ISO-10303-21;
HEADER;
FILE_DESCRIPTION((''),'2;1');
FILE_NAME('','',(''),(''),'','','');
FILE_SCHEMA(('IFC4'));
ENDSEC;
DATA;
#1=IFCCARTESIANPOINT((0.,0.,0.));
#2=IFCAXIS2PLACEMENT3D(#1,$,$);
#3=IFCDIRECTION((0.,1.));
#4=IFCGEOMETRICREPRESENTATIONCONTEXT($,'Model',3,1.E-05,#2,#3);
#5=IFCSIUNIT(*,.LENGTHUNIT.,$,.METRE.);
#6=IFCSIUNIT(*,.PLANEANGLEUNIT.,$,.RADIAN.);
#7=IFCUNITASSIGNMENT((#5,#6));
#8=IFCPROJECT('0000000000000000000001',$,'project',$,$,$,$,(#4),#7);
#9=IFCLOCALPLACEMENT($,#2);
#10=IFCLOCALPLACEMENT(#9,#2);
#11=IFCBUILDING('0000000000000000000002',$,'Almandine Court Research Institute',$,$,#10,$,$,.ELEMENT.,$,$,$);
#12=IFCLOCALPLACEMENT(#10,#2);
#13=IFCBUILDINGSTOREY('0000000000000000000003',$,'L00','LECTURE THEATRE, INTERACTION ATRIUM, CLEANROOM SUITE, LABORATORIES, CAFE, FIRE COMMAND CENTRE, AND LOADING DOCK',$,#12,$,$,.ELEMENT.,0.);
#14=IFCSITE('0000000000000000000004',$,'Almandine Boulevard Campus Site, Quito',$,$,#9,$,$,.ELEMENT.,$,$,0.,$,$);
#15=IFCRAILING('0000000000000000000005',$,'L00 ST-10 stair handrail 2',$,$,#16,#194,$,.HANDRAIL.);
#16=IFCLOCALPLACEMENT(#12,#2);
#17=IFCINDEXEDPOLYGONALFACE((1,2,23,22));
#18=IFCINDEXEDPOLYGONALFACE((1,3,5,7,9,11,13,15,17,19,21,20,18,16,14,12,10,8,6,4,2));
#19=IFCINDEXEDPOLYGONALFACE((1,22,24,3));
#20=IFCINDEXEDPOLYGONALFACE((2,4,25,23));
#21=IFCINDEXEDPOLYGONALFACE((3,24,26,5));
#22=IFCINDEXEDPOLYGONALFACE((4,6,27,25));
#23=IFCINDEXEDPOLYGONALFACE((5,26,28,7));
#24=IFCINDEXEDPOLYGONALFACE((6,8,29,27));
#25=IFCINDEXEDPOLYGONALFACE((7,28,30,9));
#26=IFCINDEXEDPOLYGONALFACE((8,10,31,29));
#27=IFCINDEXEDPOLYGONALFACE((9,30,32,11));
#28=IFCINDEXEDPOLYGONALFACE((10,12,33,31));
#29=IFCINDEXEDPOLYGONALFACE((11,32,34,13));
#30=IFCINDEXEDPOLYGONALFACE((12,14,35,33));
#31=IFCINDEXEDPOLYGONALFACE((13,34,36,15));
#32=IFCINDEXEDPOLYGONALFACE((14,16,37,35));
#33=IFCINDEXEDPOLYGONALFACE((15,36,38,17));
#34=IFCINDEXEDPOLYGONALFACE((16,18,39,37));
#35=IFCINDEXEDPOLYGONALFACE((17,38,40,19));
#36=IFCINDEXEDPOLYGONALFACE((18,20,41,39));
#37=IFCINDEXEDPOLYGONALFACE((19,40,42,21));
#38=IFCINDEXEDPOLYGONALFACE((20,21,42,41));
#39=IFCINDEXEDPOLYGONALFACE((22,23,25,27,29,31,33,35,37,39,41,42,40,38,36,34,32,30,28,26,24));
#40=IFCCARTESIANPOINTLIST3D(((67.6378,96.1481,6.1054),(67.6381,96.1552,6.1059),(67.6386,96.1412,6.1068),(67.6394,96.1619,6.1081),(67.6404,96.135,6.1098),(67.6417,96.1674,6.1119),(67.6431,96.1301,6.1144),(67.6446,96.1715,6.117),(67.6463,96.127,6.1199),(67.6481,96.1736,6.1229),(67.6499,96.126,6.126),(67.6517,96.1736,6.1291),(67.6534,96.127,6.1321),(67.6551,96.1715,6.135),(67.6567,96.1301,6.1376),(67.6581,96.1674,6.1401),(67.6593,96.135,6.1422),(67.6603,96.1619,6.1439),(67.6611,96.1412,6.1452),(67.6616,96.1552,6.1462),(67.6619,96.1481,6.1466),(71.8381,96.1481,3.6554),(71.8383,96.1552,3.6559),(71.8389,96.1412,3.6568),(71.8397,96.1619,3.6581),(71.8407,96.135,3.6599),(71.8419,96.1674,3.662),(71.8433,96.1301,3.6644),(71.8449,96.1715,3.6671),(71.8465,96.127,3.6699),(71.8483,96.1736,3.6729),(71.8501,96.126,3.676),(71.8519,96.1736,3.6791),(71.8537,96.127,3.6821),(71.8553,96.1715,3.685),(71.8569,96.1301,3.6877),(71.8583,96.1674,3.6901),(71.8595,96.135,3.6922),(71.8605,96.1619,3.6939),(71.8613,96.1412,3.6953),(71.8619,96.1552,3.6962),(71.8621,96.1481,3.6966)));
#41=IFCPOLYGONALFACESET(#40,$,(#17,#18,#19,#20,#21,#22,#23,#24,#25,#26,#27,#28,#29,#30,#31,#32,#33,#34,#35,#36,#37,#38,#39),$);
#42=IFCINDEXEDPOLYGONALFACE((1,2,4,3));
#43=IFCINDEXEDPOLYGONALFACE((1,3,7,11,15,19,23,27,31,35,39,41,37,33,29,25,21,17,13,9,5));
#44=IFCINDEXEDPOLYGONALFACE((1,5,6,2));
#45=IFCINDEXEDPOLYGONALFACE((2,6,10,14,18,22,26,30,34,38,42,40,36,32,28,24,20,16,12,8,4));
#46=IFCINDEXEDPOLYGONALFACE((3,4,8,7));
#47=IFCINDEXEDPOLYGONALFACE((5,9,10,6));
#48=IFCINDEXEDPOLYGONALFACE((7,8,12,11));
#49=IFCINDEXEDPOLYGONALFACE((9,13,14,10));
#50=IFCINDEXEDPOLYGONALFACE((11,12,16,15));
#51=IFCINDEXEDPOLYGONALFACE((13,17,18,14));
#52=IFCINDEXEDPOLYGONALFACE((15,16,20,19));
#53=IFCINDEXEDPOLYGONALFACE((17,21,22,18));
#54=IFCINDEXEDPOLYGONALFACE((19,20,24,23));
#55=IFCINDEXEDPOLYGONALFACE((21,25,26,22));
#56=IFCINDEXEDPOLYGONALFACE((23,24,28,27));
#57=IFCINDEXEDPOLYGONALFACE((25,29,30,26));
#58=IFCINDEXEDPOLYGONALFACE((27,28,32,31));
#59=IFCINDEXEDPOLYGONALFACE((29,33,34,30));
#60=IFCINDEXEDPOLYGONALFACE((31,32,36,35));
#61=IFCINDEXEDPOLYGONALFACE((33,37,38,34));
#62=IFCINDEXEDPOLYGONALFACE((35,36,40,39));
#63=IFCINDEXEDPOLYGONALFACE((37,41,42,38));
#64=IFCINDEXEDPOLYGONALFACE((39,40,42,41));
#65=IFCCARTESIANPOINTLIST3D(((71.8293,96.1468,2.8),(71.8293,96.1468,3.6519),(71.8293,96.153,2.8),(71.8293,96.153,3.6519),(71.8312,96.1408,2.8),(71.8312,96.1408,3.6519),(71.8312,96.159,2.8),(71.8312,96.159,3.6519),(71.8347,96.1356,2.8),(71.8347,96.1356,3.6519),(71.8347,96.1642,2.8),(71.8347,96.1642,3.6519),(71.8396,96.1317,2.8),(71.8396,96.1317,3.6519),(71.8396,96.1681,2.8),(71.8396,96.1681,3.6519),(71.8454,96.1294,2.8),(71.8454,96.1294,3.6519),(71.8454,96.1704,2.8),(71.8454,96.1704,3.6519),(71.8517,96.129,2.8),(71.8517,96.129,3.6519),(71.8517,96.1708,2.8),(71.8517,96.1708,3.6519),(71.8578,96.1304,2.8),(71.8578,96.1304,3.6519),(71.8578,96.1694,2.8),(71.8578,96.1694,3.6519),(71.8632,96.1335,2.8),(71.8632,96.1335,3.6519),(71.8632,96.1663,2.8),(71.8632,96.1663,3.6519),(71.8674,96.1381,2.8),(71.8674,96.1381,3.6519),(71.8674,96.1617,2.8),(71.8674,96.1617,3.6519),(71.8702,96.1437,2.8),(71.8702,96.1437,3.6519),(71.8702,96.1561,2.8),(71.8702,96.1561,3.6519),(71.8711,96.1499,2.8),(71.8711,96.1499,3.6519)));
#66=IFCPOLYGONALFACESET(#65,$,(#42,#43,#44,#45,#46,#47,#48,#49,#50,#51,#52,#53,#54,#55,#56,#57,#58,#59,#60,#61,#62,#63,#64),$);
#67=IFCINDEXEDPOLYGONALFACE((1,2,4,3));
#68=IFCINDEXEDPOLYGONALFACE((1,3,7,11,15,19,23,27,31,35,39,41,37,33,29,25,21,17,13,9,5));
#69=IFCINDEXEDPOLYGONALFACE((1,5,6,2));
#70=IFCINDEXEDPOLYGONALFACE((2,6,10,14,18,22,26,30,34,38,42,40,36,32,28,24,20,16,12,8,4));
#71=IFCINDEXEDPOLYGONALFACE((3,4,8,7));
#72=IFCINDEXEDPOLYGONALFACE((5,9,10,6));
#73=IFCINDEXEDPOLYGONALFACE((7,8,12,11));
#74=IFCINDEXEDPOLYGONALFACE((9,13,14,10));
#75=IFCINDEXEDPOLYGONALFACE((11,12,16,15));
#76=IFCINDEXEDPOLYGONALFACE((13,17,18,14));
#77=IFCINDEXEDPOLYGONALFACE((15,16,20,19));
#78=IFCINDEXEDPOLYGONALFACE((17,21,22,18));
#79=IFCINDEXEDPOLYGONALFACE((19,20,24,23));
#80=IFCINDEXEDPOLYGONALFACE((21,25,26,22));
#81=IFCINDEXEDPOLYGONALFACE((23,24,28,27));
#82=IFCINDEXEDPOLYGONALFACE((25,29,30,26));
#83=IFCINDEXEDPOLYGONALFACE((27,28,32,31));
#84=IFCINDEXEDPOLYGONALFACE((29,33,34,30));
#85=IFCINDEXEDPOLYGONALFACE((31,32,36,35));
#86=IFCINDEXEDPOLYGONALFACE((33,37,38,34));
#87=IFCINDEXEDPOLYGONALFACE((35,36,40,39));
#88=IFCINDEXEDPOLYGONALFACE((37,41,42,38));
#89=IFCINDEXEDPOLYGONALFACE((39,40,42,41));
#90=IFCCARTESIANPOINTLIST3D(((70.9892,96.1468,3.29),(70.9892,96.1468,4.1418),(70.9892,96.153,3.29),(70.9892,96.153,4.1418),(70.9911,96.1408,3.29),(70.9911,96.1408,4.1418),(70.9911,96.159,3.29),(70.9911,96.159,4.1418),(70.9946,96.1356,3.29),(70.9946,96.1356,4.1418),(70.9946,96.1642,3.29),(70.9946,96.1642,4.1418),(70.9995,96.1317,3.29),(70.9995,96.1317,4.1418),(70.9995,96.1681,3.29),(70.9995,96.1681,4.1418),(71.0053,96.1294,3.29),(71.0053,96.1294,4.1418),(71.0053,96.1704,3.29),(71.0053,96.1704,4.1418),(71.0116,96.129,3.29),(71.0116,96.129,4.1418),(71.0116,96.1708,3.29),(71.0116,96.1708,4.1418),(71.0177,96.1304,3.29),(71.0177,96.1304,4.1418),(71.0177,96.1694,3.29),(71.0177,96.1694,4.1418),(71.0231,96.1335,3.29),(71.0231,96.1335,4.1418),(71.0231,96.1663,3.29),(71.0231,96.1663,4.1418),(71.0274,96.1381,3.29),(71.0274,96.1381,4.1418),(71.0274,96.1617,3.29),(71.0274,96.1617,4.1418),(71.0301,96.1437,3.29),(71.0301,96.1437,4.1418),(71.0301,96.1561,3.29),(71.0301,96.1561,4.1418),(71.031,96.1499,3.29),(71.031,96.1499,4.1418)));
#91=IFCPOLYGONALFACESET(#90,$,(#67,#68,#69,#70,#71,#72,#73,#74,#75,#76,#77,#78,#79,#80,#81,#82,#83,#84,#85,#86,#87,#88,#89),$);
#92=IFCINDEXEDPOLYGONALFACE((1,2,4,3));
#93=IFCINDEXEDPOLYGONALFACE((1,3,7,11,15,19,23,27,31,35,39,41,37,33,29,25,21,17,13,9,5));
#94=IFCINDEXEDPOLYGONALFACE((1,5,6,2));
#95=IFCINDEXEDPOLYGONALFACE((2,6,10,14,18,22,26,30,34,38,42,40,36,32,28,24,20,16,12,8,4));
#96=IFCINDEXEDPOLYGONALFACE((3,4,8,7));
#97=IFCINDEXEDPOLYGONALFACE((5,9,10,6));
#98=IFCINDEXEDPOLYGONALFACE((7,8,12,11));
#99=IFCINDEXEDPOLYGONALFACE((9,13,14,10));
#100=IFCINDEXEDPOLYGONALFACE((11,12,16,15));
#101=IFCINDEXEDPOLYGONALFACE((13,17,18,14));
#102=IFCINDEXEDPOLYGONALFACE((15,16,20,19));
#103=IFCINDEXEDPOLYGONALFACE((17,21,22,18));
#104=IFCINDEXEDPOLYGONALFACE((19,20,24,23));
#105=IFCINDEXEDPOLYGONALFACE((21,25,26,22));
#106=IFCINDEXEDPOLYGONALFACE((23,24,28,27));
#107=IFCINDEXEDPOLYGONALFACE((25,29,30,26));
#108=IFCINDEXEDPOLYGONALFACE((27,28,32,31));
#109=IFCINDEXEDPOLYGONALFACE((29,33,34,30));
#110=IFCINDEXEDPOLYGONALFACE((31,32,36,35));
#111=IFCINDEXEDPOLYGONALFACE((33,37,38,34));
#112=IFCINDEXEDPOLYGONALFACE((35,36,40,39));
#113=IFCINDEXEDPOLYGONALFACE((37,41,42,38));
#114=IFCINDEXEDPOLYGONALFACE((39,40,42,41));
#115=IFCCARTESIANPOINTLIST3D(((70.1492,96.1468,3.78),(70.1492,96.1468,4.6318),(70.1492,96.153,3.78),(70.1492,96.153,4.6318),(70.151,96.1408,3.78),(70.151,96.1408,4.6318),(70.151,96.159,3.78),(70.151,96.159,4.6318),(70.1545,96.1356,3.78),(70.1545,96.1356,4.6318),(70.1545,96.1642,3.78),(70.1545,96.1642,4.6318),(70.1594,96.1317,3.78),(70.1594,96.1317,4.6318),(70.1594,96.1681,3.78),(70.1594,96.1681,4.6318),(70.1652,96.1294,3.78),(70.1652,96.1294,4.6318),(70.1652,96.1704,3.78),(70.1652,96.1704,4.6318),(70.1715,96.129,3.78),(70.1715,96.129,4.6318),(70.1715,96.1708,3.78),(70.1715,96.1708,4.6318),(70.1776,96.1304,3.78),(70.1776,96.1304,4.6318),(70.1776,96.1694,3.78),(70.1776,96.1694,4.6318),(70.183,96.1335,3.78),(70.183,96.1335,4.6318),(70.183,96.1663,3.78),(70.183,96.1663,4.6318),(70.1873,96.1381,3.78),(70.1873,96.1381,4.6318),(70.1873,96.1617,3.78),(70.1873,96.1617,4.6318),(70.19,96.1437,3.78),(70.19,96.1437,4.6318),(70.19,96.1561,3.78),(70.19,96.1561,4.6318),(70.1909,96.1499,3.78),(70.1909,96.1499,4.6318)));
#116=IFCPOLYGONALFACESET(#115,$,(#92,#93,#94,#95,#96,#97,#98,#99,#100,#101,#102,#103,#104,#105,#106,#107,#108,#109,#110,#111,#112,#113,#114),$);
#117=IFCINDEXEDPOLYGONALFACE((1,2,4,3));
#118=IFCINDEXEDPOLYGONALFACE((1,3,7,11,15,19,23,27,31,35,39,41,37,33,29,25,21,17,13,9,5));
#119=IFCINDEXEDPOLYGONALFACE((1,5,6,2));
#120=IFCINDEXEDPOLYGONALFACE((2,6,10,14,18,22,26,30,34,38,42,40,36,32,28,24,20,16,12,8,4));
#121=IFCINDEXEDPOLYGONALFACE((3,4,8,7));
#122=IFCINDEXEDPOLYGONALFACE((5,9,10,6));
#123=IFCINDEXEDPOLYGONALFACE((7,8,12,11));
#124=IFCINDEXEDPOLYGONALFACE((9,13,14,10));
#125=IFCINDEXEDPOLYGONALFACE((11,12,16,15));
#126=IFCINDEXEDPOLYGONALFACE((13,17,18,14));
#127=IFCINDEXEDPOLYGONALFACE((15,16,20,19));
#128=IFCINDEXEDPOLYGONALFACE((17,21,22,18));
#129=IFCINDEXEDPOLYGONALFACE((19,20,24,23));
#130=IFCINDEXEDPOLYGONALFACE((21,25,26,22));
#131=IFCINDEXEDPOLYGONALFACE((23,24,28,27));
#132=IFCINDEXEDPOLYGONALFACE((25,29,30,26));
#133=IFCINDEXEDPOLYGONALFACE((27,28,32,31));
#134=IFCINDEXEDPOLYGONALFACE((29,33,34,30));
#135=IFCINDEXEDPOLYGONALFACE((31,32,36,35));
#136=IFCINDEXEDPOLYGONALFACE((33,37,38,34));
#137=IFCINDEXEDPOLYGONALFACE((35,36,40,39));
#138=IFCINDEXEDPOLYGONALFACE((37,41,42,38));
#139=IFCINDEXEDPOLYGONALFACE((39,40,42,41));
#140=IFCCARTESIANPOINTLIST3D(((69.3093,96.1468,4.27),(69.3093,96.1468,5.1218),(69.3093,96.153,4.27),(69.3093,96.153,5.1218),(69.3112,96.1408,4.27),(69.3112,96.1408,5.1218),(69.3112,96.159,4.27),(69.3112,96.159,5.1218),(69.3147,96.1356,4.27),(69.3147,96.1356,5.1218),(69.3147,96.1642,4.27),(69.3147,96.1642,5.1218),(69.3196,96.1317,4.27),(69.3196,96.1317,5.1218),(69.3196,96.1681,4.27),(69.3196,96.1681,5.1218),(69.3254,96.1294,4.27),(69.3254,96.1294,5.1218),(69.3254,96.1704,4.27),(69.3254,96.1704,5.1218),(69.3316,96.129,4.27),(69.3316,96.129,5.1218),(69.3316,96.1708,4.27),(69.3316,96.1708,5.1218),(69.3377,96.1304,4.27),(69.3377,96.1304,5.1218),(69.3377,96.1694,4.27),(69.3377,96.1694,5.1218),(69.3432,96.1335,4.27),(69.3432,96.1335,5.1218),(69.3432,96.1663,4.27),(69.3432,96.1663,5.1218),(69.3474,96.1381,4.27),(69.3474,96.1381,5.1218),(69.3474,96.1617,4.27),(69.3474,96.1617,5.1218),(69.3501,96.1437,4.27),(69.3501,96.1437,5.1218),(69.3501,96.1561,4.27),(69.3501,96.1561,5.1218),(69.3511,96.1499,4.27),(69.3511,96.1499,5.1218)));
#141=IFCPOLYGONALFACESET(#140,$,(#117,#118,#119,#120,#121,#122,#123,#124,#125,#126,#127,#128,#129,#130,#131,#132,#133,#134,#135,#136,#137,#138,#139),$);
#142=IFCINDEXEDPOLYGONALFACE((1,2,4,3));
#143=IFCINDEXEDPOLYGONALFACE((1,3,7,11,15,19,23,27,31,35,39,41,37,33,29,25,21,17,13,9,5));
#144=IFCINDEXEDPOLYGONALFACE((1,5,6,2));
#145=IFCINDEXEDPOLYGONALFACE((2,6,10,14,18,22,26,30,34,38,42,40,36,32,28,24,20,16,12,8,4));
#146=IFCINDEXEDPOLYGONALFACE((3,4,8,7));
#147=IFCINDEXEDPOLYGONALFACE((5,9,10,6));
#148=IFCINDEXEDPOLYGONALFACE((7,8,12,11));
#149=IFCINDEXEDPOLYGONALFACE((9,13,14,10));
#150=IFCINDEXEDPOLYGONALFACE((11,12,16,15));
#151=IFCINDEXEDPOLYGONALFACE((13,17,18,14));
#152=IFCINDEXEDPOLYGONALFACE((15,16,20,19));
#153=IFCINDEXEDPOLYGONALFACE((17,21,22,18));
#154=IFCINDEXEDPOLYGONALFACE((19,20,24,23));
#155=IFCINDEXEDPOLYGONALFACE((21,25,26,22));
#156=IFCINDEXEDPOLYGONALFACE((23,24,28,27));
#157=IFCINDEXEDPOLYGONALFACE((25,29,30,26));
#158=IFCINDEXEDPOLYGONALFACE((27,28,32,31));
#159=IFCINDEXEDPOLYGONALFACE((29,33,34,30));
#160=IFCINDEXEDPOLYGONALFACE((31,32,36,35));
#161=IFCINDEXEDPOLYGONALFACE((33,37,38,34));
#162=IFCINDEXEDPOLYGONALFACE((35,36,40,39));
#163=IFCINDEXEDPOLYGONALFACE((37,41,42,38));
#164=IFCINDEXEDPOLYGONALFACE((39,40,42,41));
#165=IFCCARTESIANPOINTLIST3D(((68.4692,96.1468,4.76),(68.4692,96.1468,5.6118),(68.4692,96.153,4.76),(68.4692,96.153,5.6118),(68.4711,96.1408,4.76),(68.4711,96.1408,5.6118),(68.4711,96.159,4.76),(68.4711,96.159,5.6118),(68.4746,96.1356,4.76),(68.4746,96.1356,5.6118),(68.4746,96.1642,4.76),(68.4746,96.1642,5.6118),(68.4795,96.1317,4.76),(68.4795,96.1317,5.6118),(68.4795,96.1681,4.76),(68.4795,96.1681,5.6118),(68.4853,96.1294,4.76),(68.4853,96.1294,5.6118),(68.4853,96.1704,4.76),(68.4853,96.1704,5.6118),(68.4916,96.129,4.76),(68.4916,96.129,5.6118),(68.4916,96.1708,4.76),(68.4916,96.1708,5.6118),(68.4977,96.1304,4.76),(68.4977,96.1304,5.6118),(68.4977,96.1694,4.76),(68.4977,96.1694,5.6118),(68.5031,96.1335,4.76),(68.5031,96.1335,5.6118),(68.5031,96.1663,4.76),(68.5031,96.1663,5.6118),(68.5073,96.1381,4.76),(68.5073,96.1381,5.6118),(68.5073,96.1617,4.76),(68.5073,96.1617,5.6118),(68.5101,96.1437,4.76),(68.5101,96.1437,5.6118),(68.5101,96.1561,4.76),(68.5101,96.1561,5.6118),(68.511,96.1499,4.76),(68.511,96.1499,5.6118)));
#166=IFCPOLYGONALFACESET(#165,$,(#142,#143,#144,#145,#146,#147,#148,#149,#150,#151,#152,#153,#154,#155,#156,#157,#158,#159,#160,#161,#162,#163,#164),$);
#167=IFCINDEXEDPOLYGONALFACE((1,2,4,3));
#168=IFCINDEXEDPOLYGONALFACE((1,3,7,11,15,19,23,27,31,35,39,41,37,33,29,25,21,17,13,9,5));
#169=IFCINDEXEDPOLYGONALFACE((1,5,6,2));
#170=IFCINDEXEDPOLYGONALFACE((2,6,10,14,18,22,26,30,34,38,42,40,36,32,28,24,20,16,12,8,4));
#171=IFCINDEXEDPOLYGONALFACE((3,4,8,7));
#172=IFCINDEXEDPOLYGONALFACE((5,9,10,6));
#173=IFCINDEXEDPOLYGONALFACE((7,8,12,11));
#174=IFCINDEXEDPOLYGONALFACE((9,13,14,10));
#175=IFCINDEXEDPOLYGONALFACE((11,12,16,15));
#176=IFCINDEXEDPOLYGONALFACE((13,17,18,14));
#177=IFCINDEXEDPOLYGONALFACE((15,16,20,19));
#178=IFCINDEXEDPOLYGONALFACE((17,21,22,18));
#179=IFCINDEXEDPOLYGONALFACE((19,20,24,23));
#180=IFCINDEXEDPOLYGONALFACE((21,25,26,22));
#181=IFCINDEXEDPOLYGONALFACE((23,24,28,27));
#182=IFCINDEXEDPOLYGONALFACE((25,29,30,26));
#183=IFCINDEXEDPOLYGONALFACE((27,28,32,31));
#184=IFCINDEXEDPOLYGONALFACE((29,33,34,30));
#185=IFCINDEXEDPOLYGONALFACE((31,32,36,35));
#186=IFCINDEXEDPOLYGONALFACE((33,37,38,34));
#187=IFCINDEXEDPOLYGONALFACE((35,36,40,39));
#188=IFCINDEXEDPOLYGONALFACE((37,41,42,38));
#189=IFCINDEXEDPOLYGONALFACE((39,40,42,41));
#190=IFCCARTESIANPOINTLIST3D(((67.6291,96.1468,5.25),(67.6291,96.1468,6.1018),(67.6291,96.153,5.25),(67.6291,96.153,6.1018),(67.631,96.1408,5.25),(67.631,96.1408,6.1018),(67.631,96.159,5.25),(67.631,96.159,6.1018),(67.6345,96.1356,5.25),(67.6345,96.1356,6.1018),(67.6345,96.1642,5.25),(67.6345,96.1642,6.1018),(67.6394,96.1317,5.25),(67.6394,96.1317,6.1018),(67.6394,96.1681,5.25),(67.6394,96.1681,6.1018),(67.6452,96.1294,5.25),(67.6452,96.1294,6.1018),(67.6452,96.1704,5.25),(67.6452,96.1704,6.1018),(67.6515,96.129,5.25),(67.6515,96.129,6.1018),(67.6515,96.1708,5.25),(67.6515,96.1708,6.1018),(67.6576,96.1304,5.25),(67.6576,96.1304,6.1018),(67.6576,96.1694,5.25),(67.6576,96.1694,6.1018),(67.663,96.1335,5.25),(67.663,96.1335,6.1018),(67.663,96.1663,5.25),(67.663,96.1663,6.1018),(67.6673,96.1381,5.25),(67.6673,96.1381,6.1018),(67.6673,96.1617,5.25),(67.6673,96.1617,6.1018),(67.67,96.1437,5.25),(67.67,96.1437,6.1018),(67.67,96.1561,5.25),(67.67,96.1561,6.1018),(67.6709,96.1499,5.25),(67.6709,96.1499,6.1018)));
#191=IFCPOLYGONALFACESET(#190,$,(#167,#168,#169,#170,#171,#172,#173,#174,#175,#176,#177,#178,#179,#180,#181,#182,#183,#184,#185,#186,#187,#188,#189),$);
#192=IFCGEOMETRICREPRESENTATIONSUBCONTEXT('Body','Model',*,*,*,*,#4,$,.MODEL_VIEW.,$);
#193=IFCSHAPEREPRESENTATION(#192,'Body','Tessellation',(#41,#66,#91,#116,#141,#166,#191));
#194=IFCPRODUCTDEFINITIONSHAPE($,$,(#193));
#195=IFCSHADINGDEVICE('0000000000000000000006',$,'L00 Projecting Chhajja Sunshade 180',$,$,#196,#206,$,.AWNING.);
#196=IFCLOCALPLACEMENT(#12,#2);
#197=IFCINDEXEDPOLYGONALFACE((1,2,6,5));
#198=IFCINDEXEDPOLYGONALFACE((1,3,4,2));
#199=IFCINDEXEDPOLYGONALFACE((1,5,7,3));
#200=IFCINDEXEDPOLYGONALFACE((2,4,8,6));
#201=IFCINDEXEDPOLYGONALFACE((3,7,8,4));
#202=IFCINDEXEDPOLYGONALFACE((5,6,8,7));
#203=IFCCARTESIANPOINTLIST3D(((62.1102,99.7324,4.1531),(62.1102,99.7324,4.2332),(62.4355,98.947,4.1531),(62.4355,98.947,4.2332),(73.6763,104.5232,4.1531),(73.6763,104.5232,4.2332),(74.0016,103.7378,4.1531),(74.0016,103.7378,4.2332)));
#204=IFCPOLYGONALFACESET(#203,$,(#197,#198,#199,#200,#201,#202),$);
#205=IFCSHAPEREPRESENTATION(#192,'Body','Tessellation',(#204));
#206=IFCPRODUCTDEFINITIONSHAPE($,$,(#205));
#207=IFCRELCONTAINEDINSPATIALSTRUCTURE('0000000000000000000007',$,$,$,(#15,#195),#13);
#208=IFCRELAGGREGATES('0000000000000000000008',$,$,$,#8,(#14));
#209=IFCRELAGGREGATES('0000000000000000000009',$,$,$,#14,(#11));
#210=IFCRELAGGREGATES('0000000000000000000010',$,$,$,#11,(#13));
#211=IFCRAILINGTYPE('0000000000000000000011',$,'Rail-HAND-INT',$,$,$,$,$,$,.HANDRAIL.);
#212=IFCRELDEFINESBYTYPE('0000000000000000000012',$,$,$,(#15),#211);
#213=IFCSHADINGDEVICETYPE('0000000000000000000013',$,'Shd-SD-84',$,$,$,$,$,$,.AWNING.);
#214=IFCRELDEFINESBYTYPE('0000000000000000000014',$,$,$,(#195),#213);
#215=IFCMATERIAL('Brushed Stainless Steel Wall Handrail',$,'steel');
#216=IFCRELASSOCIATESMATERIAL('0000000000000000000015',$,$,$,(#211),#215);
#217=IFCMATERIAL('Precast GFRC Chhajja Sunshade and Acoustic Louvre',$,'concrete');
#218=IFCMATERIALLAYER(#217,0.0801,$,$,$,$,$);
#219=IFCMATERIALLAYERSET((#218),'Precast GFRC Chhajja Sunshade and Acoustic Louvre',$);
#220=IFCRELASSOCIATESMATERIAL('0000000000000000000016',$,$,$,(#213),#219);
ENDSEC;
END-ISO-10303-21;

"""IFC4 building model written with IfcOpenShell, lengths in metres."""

from ifc_helpers import new_model, si_unit, direction, frame, origin, origin_2d, place, context, subcontext, project, spatial, rectangle, circle, extrude, material, layer, layer_set, type_object, element, save


model = new_model("IFC4")

# Units and contexts
model_context = context("Model", 3, precision=1e-05, world=origin(), true_north=direction((0.0, 1.0)))
body_context = subcontext(model_context, "Body", "Model", "MODEL_VIEW")
ifc_project = project(units=[si_unit("LENGTHUNIT", "METRE"), si_unit("PLANEANGLEUNIT", "RADIAN")], contexts=[model_context])

# Site, building, storey
site_placement = place(None, origin())
site = spatial("IfcSite", under=ifc_project, at=site_placement, Name="Almandine Boulevard Campus Site, Quito", CompositionType="ELEMENT", RefElevation=0.0)
building_placement = place(site_placement, origin())
building = spatial("IfcBuilding", under=site, at=building_placement, Name="Almandine Court Research Institute", CompositionType="ELEMENT")
storey_placement = place(building_placement, origin())
storey = spatial("IfcBuildingStorey", under=building, at=storey_placement, Name="L00", Description="LECTURE THEATRE, INTERACTION ATRIUM, CLEANROOM SUITE, LABORATORIES, CAFE, FIRE COMMAND CENTRE, AND LOADING DOCK", CompositionType="ELEMENT", Elevation=0.0)

# Railing
ifc_material_1 = material(Name="Brushed Stainless Steel Wall Handrail", Category="steel")
railing_type_1 = type_object("IfcRailingType", Name="Rail-HAND-INT", PredefinedType="HANDRAIL", material=ifc_material_1)
railing_1_placement = place(storey_placement, frame((71.8501, 96.1499, 2.8)))
element("IfcRailing", 1, at=railing_1_placement, inside=storey, type_object=railing_type_1, Name="L00 ST-10 stair handrail 2", PredefinedType="HANDRAIL", context=body_context, shape_type="SweptSolid", body=[
    extrude(circle(Radius=0.0239, at=origin_2d()), frame((0.0, 0.0, 0.876), z_axis=(-0.863793, 0.0, 0.503846), x_axis=(0.0, -1.0, 0.0)), (0.0, 0.0, 1.0), 4.8625),
    extrude(circle(Radius=0.021, at=origin_2d()), origin(), (0.0, 0.0, 1.0), 0.8518),
    extrude(circle(Radius=0.021, at=origin_2d()), frame((-0.8401, 0.0, 0.49)), (0.0, 0.0, 1.0), 0.8518),
    extrude(circle(Radius=0.021, at=origin_2d()), frame((-1.6802, 0.0, 0.98)), (0.0, 0.0, 1.0), 0.8518),
    extrude(circle(Radius=0.021, at=origin_2d()), frame((-2.52, 0.0, 1.47)), (0.0, 0.0, 1.0), 0.8518),
    extrude(circle(Radius=0.021, at=origin_2d()), frame((-3.3601, 0.0, 1.96)), (0.0, 0.0, 1.0), 0.8518),
    extrude(circle(Radius=0.021, at=origin_2d()), frame((-4.2002, 0.0, 2.45)), (0.0, 0.0, 1.0), 0.8518),
])

# Shading device
ifc_material_2 = material(Name="Precast GFRC Chhajja Sunshade and Acoustic Louvre", Category="concrete")
ifc_layer_1 = layer(ifc_material_2, 0.0801)
ifc_layer_set_1 = layer_set([ifc_layer_1], Name="Precast GFRC Chhajja Sunshade and Acoustic Louvre")
shading_device_type = type_object("IfcShadingDeviceType", Name="Shd-SD-84", PredefinedType="AWNING", material=ifc_layer_set_1)
shading_device_placement = place(storey_placement, frame((68.0559, 101.7351, 4.1531), z_axis=(0.0, 0.0, 1.0), x_axis=(0.92388, 0.382683, 0.0)))
element("IfcShadingDevice", 2, at=shading_device_placement, inside=storey, type_object=shading_device_type, Name="L00 Projecting Chhajja Sunshade 180", PredefinedType="AWNING", context=body_context, shape_type="SweptSolid", body=[
    extrude(rectangle(XDim=12.519, YDim=0.8501, at=origin_2d()), origin(), (0.0, 0.0, 1.0), 0.0801),
])

save(model, "model.ifc")
